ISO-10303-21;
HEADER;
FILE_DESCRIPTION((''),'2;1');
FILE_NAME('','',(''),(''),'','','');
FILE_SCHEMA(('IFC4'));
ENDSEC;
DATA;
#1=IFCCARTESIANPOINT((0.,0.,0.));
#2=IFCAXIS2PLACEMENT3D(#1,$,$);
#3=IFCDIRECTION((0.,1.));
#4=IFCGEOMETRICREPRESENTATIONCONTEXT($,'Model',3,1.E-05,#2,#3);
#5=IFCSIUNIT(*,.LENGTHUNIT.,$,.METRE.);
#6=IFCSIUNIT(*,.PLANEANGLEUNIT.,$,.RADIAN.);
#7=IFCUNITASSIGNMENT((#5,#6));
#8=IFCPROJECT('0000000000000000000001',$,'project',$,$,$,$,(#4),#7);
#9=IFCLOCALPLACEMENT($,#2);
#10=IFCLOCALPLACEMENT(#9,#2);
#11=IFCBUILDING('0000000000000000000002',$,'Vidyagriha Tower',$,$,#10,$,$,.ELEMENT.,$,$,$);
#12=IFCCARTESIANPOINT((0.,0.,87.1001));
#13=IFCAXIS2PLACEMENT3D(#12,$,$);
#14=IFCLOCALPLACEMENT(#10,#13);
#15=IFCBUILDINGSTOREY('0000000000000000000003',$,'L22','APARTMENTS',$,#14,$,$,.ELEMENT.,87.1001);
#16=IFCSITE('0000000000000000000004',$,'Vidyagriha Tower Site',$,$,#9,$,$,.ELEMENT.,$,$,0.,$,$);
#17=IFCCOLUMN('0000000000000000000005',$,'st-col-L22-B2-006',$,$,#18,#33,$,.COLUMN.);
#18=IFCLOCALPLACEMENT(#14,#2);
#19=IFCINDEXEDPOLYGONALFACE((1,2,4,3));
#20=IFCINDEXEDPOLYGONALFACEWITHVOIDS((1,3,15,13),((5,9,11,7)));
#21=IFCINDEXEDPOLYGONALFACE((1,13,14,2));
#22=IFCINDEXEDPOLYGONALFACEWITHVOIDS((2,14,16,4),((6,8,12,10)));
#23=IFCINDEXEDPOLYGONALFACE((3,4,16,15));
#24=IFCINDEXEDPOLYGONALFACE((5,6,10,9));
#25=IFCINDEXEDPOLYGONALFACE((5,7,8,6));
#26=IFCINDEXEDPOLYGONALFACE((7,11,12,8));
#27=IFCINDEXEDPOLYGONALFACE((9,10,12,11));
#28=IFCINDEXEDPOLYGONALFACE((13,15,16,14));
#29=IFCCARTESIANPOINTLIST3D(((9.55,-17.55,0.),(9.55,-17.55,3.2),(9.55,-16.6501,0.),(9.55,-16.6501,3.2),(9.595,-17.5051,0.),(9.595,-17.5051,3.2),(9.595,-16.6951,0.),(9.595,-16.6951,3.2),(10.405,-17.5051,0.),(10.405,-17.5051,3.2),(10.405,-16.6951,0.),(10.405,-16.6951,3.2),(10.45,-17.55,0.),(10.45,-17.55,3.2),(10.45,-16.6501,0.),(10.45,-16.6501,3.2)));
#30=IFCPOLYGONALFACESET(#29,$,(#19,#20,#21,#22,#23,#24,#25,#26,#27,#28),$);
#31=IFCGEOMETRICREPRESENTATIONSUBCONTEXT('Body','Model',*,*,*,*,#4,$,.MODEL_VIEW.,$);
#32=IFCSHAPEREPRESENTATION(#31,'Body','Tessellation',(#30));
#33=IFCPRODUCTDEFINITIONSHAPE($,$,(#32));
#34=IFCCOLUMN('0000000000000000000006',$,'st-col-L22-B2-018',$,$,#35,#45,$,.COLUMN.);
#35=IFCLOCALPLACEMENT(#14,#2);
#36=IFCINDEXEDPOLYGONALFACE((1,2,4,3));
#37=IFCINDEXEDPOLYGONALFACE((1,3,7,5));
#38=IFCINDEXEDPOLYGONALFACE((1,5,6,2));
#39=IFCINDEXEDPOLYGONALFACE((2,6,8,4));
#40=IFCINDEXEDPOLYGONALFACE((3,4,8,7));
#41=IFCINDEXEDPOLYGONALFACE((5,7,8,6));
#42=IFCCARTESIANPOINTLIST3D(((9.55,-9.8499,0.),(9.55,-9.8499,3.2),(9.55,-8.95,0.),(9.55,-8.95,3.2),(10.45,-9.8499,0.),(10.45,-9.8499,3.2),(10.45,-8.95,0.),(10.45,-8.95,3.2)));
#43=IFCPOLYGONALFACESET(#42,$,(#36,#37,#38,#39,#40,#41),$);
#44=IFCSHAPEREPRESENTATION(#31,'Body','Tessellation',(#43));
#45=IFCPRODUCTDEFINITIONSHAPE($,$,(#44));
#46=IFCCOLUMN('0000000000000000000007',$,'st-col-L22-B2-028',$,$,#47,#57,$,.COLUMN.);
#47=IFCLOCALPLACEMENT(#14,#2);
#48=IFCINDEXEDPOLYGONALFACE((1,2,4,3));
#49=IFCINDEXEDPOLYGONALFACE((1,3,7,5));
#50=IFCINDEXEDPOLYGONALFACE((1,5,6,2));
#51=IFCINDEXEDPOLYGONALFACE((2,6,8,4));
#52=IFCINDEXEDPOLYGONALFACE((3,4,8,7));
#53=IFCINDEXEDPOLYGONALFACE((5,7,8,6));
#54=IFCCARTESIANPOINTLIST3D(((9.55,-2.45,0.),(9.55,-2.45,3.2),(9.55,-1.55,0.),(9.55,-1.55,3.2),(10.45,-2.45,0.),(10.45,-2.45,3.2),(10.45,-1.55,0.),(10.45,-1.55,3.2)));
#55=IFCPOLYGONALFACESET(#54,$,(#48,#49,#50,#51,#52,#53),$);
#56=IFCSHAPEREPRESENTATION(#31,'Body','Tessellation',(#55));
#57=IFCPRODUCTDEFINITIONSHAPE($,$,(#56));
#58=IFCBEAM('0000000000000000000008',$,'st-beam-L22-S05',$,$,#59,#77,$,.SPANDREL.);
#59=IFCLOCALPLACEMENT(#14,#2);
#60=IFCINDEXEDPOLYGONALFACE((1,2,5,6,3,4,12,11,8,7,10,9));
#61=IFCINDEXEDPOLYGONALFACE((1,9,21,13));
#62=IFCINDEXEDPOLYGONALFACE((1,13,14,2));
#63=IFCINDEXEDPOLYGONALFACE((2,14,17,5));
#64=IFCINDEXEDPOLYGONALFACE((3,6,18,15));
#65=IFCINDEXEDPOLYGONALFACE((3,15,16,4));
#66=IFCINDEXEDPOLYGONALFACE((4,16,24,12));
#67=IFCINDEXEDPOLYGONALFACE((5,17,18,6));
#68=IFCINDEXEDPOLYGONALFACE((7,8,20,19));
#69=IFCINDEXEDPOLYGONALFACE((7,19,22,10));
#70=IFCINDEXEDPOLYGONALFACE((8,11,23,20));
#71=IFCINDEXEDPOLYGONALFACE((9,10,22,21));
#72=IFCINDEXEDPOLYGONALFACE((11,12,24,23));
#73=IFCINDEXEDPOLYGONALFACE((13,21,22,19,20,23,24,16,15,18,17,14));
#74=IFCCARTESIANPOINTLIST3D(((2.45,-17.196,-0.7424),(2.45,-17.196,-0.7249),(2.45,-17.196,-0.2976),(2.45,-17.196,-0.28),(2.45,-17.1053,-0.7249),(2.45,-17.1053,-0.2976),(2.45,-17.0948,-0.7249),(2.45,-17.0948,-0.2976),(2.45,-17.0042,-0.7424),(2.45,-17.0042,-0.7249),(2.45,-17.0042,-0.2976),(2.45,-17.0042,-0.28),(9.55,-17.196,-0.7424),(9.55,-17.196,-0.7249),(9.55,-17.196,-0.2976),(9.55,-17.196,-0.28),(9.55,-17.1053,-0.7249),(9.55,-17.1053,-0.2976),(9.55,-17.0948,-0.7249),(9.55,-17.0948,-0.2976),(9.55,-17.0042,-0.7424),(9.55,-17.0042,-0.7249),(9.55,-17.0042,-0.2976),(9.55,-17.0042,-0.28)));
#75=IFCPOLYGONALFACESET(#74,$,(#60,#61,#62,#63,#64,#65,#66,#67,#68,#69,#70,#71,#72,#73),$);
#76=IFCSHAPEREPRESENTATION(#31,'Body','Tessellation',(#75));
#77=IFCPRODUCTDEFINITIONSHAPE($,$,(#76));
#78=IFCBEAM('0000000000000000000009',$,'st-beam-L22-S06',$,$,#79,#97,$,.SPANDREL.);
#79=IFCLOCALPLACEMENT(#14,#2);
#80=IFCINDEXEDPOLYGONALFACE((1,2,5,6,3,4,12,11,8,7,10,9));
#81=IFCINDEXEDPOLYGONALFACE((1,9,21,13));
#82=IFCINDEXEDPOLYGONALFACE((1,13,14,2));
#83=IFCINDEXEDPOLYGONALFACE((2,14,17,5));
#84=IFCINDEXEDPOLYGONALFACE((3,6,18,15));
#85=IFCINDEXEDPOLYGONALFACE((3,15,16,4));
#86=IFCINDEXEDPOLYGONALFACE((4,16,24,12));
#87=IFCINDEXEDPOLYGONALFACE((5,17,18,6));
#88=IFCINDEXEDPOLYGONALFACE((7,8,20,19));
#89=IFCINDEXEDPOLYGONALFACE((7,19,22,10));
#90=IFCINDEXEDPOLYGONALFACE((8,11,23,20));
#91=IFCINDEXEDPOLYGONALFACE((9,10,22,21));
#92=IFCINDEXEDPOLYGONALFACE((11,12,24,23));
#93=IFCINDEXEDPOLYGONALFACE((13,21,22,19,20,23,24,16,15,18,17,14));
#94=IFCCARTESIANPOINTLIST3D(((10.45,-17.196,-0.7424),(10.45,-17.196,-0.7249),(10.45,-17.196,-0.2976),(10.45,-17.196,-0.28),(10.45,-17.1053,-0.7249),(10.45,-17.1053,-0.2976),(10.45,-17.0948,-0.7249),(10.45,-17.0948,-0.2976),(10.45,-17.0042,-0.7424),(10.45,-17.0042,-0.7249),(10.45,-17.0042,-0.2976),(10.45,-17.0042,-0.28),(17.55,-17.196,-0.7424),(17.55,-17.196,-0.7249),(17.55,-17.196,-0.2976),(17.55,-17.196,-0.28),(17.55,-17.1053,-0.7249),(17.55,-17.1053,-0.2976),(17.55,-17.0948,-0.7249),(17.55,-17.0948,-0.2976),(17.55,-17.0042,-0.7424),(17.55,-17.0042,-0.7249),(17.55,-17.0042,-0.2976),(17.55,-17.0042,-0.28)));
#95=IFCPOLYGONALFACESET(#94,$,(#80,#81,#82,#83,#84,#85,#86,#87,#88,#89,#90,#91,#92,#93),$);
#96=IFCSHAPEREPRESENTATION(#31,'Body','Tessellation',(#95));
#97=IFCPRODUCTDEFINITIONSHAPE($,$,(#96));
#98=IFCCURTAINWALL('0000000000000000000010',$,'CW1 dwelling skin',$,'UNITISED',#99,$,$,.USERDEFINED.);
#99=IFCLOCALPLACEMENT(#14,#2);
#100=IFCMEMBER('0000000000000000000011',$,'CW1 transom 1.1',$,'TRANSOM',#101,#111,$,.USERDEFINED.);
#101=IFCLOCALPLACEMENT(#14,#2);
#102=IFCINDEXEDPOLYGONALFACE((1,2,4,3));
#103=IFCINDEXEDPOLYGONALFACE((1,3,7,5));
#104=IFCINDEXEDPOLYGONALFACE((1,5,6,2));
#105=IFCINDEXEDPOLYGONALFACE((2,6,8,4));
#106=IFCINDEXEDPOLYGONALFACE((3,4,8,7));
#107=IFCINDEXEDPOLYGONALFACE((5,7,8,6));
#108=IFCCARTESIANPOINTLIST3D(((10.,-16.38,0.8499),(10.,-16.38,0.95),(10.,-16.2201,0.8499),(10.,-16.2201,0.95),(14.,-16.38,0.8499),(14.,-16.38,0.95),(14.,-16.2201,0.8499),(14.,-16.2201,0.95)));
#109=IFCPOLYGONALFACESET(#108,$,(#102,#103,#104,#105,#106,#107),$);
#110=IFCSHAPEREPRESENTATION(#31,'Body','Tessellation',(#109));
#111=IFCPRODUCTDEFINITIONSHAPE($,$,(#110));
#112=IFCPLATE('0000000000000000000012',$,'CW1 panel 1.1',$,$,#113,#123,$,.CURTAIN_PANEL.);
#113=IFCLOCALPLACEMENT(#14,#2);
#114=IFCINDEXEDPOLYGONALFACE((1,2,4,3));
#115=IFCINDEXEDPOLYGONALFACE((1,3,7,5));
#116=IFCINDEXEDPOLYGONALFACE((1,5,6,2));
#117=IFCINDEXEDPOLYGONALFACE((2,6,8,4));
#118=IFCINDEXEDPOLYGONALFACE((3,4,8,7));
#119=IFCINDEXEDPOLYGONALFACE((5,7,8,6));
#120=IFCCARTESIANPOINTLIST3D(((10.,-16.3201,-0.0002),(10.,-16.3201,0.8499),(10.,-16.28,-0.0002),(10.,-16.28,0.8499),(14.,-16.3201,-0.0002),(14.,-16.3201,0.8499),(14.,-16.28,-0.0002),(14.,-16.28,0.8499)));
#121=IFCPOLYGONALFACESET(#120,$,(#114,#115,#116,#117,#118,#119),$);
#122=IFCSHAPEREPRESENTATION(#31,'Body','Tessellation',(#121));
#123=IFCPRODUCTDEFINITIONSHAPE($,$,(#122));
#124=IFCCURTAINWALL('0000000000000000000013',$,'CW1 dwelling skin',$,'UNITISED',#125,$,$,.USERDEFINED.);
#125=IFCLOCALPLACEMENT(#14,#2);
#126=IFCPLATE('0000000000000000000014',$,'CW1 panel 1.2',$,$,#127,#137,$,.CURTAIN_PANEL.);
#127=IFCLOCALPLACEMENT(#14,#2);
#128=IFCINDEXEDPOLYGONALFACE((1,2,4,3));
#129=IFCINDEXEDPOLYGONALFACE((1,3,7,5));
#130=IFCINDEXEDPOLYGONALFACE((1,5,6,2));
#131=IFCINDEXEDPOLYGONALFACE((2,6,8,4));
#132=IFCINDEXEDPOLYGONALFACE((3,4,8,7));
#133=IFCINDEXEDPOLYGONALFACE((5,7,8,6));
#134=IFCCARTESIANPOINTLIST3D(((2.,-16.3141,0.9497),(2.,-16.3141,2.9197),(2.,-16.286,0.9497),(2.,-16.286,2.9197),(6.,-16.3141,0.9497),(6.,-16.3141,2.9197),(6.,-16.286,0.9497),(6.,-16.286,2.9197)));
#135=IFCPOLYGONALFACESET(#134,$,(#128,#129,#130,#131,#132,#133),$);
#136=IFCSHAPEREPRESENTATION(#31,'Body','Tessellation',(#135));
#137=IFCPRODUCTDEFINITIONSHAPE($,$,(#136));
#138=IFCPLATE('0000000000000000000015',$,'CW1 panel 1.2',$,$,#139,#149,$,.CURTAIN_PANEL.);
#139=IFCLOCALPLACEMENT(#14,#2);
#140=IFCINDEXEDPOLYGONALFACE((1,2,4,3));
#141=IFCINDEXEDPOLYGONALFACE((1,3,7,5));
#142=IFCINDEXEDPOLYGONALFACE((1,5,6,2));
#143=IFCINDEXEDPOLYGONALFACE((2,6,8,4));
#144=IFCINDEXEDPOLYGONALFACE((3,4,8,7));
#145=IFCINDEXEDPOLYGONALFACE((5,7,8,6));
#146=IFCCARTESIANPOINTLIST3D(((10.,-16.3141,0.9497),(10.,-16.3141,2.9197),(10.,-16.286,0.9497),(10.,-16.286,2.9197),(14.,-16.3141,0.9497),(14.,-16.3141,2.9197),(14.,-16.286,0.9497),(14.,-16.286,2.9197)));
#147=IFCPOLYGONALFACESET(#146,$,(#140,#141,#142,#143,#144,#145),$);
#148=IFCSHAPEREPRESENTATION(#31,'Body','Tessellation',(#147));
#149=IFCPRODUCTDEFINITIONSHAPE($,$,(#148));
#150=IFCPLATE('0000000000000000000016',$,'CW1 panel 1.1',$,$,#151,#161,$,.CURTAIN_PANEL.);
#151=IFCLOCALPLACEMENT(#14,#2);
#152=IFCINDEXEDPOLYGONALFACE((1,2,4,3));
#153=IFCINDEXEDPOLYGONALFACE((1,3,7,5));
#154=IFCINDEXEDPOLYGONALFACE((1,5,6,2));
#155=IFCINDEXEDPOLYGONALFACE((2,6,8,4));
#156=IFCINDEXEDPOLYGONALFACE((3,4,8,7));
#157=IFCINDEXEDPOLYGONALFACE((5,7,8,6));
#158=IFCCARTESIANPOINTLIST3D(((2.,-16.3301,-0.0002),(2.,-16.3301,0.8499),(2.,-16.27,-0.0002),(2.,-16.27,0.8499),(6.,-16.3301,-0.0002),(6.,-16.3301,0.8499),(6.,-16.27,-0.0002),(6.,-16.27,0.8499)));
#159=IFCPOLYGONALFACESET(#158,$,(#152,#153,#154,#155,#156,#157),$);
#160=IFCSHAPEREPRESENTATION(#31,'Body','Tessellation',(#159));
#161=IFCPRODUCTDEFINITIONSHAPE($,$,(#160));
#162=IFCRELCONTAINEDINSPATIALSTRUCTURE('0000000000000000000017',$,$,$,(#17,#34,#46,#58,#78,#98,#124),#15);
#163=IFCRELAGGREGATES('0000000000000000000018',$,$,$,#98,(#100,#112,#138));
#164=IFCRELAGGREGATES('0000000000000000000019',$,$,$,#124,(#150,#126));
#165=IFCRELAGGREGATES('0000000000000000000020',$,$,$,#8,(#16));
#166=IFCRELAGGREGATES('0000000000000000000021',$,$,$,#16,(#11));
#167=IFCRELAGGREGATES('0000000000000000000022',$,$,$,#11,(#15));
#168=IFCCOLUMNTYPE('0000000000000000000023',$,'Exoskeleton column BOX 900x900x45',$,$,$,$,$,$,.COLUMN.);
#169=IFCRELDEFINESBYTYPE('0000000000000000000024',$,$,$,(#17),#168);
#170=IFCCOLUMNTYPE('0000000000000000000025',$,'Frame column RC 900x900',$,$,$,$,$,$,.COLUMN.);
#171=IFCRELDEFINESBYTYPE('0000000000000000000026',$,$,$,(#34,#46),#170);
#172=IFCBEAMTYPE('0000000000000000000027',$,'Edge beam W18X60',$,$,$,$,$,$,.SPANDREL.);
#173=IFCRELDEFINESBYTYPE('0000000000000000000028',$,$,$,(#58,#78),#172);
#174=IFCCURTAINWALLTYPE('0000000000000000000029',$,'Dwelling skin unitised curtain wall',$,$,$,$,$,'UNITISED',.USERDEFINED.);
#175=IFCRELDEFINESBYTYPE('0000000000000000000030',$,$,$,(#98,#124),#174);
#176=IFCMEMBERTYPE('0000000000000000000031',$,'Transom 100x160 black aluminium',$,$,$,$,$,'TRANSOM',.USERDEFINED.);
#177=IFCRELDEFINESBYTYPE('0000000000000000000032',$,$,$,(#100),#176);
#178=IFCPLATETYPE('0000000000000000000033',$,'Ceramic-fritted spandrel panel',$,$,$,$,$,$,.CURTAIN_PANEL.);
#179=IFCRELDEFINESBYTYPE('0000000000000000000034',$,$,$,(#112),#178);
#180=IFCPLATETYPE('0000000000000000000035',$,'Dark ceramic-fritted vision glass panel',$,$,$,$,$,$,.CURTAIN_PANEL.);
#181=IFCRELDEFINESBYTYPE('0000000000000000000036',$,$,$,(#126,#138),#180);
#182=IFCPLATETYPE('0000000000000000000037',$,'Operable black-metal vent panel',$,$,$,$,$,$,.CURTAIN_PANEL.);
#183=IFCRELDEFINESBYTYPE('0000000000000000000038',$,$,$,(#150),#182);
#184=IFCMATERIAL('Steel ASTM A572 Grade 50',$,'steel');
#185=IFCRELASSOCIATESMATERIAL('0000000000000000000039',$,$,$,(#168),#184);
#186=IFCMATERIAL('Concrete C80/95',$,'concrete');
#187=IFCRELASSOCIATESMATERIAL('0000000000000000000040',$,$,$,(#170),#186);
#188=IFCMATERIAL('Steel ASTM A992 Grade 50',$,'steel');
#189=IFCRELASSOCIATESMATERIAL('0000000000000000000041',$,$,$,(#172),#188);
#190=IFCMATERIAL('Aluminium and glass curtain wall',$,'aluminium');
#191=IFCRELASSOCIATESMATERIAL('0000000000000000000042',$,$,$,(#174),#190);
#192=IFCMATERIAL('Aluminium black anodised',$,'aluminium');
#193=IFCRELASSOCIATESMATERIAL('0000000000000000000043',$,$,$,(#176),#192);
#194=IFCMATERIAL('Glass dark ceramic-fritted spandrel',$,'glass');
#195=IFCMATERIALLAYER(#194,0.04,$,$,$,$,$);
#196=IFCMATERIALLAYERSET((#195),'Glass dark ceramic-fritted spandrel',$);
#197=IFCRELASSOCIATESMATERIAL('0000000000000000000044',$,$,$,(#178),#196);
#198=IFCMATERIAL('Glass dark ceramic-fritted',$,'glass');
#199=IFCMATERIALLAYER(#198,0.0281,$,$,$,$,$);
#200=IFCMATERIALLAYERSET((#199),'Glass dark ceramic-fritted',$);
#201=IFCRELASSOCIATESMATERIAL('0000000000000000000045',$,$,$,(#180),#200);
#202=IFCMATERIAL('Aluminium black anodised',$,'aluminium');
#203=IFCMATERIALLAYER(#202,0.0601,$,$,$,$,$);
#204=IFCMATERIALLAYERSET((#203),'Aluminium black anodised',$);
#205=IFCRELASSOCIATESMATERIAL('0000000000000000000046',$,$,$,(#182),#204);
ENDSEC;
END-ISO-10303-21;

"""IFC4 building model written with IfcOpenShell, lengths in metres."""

from ifc_helpers import new_model, si_unit, direction, frame, origin, origin_2d, place, context, subcontext, project, spatial, rectangle, hollow_rectangle, i_section, extrude, material, layer, layer_set, material_profile, profile_set, type_object, element, aggregate, save


model = new_model("IFC4")

# Units and contexts
model_context = context("Model", 3, precision=1e-05, world=origin(), true_north=direction((0.0, 1.0)))
body_context = subcontext(model_context, "Body", "Model", "MODEL_VIEW")
ifc_project = project(units=[si_unit("LENGTHUNIT", "METRE"), si_unit("PLANEANGLEUNIT", "RADIAN")], contexts=[model_context])

# Site, building, storey
site_placement = place(None, origin())
site = spatial("IfcSite", under=ifc_project, at=site_placement, Name="Vidyagriha Tower Site", CompositionType="ELEMENT", RefElevation=0.0)
building_placement = place(site_placement, origin())
building = spatial("IfcBuilding", under=site, at=building_placement, Name="Vidyagriha Tower", CompositionType="ELEMENT")
storey_placement = place(building_placement, frame((0.0, 0.0, 87.1001)))
storey = spatial("IfcBuildingStorey", under=building, at=storey_placement, Name="L22", Description="APARTMENTS", CompositionType="ELEMENT", Elevation=87.1001)

# Columns
ifc_material_1 = material(Name="Steel ASTM A572 Grade 50", Category="steel")
ifc_material_profile_1 = material_profile(ifc_material_1, hollow_rectangle(XDim=0.8999, YDim=0.8999, WallThickness=0.0449, at=origin_2d()), Name="BOX 900x900x45")
ifc_profile_set_1 = profile_set([ifc_material_profile_1], Name="Steel ASTM A572 Grade 50")
column_type_1 = type_object("IfcColumnType", Name="Exoskeleton column BOX 900x900x45", PredefinedType="COLUMN", material=ifc_profile_set_1)
column_placement = place(storey_placement, frame((10.0, -17.1001, 0.0)))
element("IfcColumn", 1, at=column_placement, inside=storey, type_object=column_type_1, Name="st-col-L22-B2-006", PredefinedType="COLUMN", context=body_context, shape_type="SweptSolid", body=[
    extrude(hollow_rectangle(XDim=0.8999, YDim=0.8999, WallThickness=0.0449, at=origin_2d()), origin(), (0.0, 0.0, 1.0), 3.2),
])
ifc_material_2 = material(Name="Concrete C80/95", Category="concrete")
ifc_material_profile_2 = material_profile(ifc_material_2, rectangle(XDim=0.8999, YDim=0.8999, at=origin_2d()), Name="RC 900x900")
ifc_profile_set_2 = profile_set([ifc_material_profile_2], Name="Concrete C80/95")
column_type_2 = type_object("IfcColumnType", Name="Frame column RC 900x900", PredefinedType="COLUMN", material=ifc_profile_set_2)
for number, where, name in (
    (2, (10.0, -9.3999, 0.0), "st-col-L22-B2-018"),
    (3, (10.0, -2.0, 0.0), "st-col-L22-B2-028"),
):
    element("IfcColumn", number, at=place(storey_placement, frame(where)), inside=storey, type_object=column_type_2, Name=name, PredefinedType="COLUMN", context=body_context, shape_type="SweptSolid", body=[
        extrude(rectangle(XDim=0.8999, YDim=0.8999, at=origin_2d()), origin(), (0.0, 0.0, 1.0), 3.2),
    ])

# Beams
ifc_material_3 = material(Name="Steel ASTM A992 Grade 50", Category="steel")
ifc_material_profile_3 = material_profile(ifc_material_3, i_section(OverallWidth=0.1919, OverallDepth=0.4624, WebThickness=0.0105, FlangeThickness=0.0176, at=origin_2d()), Name="W18X60")
ifc_profile_set_3 = profile_set([ifc_material_profile_3], Name="Steel ASTM A992 Grade 50")
beam_type = type_object("IfcBeamType", Name="Edge beam W18X60", PredefinedType="SPANDREL", material=ifc_profile_set_3)
for number, where, z_axis, x_axis, name in (
    (4, (2.45, -17.1001, -0.5112), (1.0, 0.0, 0.0), (0.0, 1.0, 0.0), "st-beam-L22-S05"),
    (5, (10.45, -17.1001, -0.5112), (1.0, 0.0, 0.0), (0.0, 1.0, 0.0), "st-beam-L22-S06"),
):
    element("IfcBeam", number, at=place(storey_placement, frame(where, z_axis=z_axis, x_axis=x_axis)), inside=storey, type_object=beam_type, Name=name, PredefinedType="SPANDREL", context=body_context, shape_type="SweptSolid", body=[
        extrude(i_section(OverallWidth=0.1919, OverallDepth=0.4624, WebThickness=0.0105, FlangeThickness=0.0176, at=origin_2d()), origin(), (0.0, 0.0, 1.0), 7.1001),
    ])

# Curtain wall, member, plate
ifc_material_4 = material(Name="Aluminium and glass curtain wall", Category="aluminium")
curtain_wall_type = type_object("IfcCurtainWallType", Name="Dwelling skin unitised curtain wall", ElementType="UNITISED", PredefinedType="USERDEFINED", material=ifc_material_4)
curtain_wall_1_placement = place(storey_placement, origin())
curtain_wall_1 = element("IfcCurtainWall", 6, at=curtain_wall_1_placement, inside=storey, type_object=curtain_wall_type, Name="CW1 dwelling skin", ObjectType="UNITISED", PredefinedType="USERDEFINED")
ifc_material_5 = material(Name="Aluminium black anodised", Category="aluminium")
ifc_material_profile_4 = material_profile(ifc_material_5, rectangle(XDim=0.1599, YDim=0.1001, at=origin_2d()), Name="Transom 100x160 black aluminium")
ifc_profile_set_4 = profile_set([ifc_material_profile_4], Name="Aluminium black anodised")
member_type = type_object("IfcMemberType", Name="Transom 100x160 black aluminium", ElementType="TRANSOM", PredefinedType="USERDEFINED", material=ifc_profile_set_4)
member_placement = place(storey_placement, frame((10.0, -16.3, 0.8999), z_axis=(1.0, 0.0, 0.0), x_axis=(0.0, 1.0, 0.0)))
member = element("IfcMember", 7, at=member_placement, type_object=member_type, Name="CW1 transom 1.1", ObjectType="TRANSOM", PredefinedType="USERDEFINED", context=body_context, shape_type="SweptSolid", body=[
    extrude(rectangle(XDim=0.1599, YDim=0.1001, at=origin_2d()), origin(), (0.0, 0.0, 1.0), 4.0),
])
ifc_material_6 = material(Name="Glass dark ceramic-fritted spandrel", Category="glass")
ifc_layer_1 = layer(ifc_material_6, 0.04)
ifc_layer_set_1 = layer_set([ifc_layer_1], Name="Glass dark ceramic-fritted spandrel")
plate_type_1 = type_object("IfcPlateType", Name="Ceramic-fritted spandrel panel", PredefinedType="CURTAIN_PANEL", material=ifc_layer_set_1)
plate_1_placement = place(storey_placement, frame((12.0, -16.3, -0.0002)))
plate_1 = element("IfcPlate", 8, at=plate_1_placement, type_object=plate_type_1, Name="CW1 panel 1.1", PredefinedType="CURTAIN_PANEL", context=body_context, shape_type="SweptSolid", body=[
    extrude(rectangle(XDim=4.0, YDim=0.04, at=origin_2d()), origin(), (0.0, 0.0, 1.0), 0.8501),
])

# Curtain wall, plate
curtain_wall_2_placement = place(storey_placement, origin())
curtain_wall_2 = element("IfcCurtainWall", 9, at=curtain_wall_2_placement, inside=storey, type_object=curtain_wall_type, Name="CW1 dwelling skin", ObjectType="UNITISED", PredefinedType="USERDEFINED")
ifc_material_7 = material(Name="Glass dark ceramic-fritted", Category="glass")
ifc_layer_2 = layer(ifc_material_7, 0.0281)
ifc_layer_set_2 = layer_set([ifc_layer_2], Name="Glass dark ceramic-fritted")
plate_type_2 = type_object("IfcPlateType", Name="Dark ceramic-fritted vision glass panel", PredefinedType="CURTAIN_PANEL", material=ifc_layer_set_2)
plate_2_placement = place(storey_placement, frame((4.0, -16.3, 0.9497)))
plate_2 = element("IfcPlate", 10, at=plate_2_placement, type_object=plate_type_2, Name="CW1 panel 1.2", PredefinedType="CURTAIN_PANEL", context=body_context, shape_type="SweptSolid", body=[
    extrude(rectangle(XDim=4.0, YDim=0.0281, at=origin_2d()), origin(), (0.0, 0.0, 1.0), 1.97),
])

# Plates
plate_3_placement = place(storey_placement, frame((12.0, -16.3, 0.9497)))
plate_3 = element("IfcPlate", 11, at=plate_3_placement, type_object=plate_type_2, Name="CW1 panel 1.2", PredefinedType="CURTAIN_PANEL", context=body_context, shape_type="SweptSolid", body=[
    extrude(rectangle(XDim=4.0, YDim=0.0281, at=origin_2d()), origin(), (0.0, 0.0, 1.0), 1.97),
])
aggregate(curtain_wall_1, [member, plate_1, plate_3])
ifc_material_8 = material(Name="Aluminium black anodised", Category="aluminium")
ifc_layer_3 = layer(ifc_material_8, 0.0601)
ifc_layer_set_3 = layer_set([ifc_layer_3], Name="Aluminium black anodised")
plate_type_3 = type_object("IfcPlateType", Name="Operable black-metal vent panel", PredefinedType="CURTAIN_PANEL", material=ifc_layer_set_3)
plate_4_placement = place(storey_placement, frame((4.0, -16.3, -0.0002)))
plate_4 = element("IfcPlate", 12, at=plate_4_placement, type_object=plate_type_3, Name="CW1 panel 1.1", PredefinedType="CURTAIN_PANEL", context=body_context, shape_type="SweptSolid", body=[
    extrude(rectangle(XDim=4.0, YDim=0.0601, at=origin_2d()), origin(), (0.0, 0.0, 1.0), 0.8501),
])
aggregate(curtain_wall_2, [plate_4, plate_2])

save(model, "model.ifc")
